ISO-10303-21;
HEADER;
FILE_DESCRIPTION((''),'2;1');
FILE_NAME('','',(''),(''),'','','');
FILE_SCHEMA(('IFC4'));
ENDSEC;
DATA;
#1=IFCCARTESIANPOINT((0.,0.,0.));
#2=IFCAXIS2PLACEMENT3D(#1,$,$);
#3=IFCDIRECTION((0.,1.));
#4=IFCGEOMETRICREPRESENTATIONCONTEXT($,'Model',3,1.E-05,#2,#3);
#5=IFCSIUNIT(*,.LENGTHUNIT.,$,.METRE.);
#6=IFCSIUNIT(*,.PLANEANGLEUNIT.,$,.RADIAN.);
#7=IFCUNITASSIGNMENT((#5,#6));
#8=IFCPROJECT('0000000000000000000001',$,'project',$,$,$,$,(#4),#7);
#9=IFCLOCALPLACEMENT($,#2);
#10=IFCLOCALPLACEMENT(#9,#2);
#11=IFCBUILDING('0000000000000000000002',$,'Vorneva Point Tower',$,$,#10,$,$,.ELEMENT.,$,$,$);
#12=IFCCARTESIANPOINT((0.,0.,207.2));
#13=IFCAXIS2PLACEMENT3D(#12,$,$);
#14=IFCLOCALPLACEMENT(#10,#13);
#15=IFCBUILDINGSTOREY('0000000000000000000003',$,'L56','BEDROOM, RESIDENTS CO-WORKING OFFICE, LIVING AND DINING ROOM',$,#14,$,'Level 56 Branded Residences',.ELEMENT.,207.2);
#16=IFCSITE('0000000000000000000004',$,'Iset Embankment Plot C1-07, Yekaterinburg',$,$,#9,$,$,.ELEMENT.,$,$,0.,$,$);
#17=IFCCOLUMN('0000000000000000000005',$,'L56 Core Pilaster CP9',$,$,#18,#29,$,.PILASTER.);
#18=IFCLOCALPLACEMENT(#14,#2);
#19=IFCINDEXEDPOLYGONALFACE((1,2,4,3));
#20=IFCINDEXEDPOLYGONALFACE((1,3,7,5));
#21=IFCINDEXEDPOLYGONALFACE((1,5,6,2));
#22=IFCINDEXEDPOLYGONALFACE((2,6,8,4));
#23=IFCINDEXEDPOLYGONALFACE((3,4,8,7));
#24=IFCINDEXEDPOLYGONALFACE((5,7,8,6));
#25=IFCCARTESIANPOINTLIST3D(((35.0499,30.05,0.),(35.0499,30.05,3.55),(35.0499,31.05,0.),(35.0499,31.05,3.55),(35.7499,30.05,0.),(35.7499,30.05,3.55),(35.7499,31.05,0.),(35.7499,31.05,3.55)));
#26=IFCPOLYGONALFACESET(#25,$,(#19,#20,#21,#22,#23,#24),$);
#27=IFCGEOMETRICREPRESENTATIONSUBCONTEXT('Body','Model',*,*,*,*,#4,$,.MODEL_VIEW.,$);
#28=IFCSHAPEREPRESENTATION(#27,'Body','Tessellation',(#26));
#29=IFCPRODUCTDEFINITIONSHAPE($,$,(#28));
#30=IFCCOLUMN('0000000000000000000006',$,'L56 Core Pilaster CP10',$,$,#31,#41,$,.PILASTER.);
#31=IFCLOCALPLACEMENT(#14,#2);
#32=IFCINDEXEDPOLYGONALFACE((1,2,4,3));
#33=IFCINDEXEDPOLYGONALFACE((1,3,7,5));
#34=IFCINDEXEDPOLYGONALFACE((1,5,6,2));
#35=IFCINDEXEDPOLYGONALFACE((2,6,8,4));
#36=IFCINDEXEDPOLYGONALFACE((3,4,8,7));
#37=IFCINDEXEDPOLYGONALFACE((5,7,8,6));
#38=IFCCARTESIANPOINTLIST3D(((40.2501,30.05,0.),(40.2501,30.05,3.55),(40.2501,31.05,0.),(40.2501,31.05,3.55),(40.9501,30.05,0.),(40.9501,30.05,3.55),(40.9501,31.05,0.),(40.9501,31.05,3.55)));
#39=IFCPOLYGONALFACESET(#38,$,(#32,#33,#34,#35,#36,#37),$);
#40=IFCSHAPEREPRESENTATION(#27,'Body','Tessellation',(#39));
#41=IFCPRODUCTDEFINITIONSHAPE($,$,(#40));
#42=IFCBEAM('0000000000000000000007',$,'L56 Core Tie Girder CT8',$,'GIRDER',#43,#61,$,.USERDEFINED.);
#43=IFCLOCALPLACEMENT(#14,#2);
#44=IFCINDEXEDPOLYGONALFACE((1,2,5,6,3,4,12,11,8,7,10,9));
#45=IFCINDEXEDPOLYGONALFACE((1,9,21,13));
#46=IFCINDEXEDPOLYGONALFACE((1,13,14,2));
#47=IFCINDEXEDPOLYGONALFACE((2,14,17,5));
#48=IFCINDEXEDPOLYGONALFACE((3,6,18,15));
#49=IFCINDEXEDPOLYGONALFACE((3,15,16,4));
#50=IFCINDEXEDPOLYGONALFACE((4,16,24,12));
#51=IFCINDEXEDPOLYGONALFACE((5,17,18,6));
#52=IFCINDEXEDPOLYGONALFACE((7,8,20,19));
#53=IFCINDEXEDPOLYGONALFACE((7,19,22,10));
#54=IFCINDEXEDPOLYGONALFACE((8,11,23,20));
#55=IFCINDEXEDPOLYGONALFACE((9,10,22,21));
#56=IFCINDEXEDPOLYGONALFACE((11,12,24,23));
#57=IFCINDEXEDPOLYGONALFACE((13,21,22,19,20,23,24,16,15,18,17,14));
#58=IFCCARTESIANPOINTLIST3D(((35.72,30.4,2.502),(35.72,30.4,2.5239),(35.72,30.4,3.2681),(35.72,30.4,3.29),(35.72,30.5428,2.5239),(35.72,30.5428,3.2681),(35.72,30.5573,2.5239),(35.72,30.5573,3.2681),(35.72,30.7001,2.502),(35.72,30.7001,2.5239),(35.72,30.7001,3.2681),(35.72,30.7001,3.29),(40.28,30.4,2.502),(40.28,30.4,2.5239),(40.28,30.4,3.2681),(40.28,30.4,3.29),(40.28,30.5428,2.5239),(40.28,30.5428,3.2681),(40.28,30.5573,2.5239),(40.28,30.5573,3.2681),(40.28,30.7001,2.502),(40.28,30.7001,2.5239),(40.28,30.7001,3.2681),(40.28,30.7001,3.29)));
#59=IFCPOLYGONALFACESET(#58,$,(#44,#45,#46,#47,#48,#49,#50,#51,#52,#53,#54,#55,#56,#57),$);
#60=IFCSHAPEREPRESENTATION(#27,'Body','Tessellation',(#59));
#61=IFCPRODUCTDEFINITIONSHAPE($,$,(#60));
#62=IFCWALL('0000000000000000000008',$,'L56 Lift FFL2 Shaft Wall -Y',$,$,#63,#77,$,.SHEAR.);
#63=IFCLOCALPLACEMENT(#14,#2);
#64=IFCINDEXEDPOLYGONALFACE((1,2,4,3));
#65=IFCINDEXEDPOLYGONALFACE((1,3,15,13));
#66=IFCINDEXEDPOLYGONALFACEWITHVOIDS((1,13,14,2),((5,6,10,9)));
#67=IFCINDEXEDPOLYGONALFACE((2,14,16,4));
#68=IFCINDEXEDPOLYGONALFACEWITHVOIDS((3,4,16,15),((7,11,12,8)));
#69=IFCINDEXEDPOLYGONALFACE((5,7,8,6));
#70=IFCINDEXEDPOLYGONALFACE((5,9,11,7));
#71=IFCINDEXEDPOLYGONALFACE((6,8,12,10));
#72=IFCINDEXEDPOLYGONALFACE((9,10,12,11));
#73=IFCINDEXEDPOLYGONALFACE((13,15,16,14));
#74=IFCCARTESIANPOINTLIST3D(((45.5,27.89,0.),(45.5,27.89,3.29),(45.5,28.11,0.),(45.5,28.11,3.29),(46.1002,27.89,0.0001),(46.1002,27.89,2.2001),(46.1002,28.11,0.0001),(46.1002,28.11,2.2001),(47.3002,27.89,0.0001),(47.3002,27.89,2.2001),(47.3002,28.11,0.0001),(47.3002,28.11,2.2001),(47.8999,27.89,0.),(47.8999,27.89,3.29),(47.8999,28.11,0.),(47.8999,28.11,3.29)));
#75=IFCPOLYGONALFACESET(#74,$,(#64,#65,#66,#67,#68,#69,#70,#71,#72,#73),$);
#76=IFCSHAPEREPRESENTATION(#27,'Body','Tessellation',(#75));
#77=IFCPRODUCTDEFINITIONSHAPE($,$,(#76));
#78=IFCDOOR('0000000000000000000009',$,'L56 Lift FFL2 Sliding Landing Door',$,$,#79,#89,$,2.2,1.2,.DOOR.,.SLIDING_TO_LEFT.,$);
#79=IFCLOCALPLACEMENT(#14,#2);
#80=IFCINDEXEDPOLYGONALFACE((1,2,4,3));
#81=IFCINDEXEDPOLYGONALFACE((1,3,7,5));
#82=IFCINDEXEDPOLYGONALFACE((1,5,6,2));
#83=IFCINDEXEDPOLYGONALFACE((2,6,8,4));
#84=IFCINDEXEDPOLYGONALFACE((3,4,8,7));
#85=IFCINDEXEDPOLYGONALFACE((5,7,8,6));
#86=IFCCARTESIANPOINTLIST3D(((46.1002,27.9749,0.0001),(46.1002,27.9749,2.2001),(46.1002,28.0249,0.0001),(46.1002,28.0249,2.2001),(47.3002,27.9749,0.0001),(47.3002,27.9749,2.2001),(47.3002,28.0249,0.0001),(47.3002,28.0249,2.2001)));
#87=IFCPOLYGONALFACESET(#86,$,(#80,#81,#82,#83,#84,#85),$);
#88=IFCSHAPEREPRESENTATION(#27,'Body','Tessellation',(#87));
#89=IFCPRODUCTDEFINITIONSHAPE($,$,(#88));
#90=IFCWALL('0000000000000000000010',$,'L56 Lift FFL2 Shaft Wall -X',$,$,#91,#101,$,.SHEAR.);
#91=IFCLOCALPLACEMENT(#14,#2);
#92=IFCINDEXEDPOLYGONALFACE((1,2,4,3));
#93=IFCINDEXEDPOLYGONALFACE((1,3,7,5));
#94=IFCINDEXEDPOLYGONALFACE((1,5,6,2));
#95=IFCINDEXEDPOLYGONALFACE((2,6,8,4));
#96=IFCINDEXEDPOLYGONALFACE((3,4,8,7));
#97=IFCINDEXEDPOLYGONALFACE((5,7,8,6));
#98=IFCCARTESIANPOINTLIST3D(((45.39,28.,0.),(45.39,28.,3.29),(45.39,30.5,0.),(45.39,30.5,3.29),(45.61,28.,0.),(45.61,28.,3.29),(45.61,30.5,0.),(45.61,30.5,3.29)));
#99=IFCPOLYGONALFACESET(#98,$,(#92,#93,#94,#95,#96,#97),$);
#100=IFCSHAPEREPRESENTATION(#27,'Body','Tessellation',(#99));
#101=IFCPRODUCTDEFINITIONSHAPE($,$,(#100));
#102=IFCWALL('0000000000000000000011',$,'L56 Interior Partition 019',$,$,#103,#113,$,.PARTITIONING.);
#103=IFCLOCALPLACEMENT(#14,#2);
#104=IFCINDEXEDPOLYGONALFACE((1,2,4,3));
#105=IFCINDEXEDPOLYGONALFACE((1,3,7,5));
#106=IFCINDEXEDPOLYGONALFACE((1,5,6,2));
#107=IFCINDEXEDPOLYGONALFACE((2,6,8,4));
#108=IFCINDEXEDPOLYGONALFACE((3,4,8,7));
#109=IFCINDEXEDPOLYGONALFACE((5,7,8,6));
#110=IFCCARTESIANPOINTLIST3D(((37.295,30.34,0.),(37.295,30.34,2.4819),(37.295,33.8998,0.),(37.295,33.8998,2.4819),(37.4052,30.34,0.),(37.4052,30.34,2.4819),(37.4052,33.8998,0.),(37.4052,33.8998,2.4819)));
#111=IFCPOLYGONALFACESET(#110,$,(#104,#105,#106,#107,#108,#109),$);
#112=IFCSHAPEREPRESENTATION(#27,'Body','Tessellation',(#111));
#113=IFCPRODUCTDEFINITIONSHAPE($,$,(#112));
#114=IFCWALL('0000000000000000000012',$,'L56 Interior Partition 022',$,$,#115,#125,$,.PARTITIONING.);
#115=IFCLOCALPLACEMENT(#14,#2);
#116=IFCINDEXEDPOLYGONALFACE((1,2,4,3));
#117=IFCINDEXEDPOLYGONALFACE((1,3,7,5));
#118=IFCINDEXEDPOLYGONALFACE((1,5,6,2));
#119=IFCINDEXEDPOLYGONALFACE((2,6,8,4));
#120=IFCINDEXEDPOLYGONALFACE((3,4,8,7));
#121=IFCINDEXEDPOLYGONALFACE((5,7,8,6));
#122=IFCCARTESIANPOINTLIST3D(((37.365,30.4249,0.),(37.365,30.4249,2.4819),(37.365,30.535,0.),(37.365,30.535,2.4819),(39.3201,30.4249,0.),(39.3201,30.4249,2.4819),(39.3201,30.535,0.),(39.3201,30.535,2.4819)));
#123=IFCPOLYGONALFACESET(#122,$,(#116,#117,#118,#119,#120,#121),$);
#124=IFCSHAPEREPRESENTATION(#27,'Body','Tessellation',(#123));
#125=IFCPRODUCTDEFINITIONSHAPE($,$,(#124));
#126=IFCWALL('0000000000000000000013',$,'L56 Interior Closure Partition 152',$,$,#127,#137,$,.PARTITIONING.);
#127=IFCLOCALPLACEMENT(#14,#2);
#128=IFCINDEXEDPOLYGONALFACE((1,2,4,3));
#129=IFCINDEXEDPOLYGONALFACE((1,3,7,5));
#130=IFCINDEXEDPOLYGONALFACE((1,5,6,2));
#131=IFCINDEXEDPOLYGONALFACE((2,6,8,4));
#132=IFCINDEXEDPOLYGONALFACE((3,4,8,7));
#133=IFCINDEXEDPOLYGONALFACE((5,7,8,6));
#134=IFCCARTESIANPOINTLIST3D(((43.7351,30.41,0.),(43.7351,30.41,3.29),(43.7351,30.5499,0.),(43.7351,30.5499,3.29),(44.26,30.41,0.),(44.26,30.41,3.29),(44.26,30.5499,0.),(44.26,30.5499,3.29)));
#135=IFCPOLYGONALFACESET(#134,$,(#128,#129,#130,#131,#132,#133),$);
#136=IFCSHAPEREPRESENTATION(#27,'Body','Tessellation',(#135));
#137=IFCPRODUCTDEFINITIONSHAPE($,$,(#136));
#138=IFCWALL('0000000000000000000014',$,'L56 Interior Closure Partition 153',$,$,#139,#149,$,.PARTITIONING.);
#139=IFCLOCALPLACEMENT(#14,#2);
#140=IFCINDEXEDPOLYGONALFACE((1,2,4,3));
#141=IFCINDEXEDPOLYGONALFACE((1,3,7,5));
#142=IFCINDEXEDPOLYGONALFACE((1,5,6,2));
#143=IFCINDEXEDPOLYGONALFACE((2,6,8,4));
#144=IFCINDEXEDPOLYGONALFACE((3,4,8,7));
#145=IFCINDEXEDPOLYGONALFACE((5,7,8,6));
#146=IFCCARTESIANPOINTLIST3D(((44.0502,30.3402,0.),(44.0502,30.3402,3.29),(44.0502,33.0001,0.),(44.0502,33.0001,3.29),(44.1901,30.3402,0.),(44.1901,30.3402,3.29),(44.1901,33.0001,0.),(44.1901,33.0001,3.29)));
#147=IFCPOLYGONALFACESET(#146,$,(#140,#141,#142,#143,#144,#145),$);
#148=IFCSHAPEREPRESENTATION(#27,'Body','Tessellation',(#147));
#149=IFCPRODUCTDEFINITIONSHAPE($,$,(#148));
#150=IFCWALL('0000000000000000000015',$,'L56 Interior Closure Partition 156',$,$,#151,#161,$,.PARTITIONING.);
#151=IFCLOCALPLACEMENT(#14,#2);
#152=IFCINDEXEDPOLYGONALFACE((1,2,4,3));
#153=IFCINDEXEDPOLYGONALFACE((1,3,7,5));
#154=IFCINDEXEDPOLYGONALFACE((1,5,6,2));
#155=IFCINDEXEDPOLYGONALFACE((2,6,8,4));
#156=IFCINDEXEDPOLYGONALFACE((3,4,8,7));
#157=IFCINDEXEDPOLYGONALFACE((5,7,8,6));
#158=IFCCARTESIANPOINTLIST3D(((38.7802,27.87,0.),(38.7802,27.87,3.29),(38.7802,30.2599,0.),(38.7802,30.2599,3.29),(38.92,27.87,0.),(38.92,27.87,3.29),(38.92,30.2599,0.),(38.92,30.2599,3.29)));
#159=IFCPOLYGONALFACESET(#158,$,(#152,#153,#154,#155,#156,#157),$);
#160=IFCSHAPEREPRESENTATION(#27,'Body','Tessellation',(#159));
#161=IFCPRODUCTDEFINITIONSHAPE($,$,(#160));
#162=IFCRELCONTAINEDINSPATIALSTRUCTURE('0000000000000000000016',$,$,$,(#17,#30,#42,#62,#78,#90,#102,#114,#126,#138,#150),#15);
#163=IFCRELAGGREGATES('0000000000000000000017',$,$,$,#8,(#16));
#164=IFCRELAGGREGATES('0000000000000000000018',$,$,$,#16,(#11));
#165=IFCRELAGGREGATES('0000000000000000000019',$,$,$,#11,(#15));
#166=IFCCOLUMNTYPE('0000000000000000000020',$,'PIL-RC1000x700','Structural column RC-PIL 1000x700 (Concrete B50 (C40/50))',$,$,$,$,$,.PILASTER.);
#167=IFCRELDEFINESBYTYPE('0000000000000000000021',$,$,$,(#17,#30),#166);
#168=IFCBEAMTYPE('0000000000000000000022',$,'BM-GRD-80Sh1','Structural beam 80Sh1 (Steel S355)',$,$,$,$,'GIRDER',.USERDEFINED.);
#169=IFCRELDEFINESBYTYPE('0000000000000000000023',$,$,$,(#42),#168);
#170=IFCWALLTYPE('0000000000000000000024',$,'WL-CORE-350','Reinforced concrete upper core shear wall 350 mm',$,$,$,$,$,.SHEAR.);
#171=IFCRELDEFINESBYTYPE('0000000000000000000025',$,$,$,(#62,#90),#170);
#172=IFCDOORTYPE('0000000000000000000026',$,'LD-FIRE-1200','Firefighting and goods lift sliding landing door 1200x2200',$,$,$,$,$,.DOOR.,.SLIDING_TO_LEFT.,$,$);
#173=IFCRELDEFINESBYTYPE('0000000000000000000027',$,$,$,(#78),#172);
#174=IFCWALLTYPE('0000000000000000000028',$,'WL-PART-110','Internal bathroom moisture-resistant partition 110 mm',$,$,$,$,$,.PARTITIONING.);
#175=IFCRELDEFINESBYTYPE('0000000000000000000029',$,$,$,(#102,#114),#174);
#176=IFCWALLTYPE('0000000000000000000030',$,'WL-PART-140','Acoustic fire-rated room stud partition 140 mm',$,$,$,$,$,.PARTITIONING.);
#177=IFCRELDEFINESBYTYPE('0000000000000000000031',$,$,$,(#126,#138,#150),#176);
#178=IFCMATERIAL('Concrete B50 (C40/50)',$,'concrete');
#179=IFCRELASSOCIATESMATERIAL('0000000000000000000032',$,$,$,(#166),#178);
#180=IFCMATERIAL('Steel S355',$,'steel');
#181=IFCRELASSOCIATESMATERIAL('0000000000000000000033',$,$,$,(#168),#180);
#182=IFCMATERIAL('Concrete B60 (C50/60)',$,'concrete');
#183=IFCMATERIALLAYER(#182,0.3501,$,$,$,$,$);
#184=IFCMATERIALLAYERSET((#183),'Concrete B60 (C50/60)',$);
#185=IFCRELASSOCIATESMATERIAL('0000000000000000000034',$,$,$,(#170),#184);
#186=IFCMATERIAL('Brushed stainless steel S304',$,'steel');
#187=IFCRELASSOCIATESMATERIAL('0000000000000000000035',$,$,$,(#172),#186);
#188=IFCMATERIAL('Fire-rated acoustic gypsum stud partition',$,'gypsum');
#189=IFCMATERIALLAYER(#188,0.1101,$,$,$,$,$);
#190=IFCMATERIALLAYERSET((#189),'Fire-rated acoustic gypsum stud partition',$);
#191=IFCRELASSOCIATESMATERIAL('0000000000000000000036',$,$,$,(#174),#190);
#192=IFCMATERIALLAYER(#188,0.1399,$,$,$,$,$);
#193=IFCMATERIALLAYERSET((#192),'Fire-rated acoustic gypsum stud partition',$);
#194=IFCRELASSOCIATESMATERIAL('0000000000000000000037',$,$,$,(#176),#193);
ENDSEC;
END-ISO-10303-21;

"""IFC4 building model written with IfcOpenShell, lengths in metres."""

from ifc_helpers import new_model, si_unit, direction, frame, frame_2d, origin, origin_2d, place, context, subcontext, project, spatial, rectangle, i_section, extrude, material, layer, layer_set, material_profile, profile_set, type_object, element, fill, save


model = new_model("IFC4")

# Units and contexts
model_context = context("Model", 3, precision=1e-05, world=origin(), true_north=direction((0.0, 1.0)))
body_context = subcontext(model_context, "Body", "Model", "MODEL_VIEW")
ifc_project = project(units=[si_unit("LENGTHUNIT", "METRE"), si_unit("PLANEANGLEUNIT", "RADIAN")], contexts=[model_context])

# Site, building, storey
site_placement = place(None, origin())
site = spatial("IfcSite", under=ifc_project, at=site_placement, Name="Iset Embankment Plot C1-07, Yekaterinburg", CompositionType="ELEMENT", RefElevation=0.0)
building_placement = place(site_placement, origin())
building = spatial("IfcBuilding", under=site, at=building_placement, Name="Vorneva Point Tower", CompositionType="ELEMENT")
storey_placement = place(building_placement, frame((0.0, 0.0, 207.2)))
storey = spatial("IfcBuildingStorey", under=building, at=storey_placement, Name="L56", Description="BEDROOM, RESIDENTS CO-WORKING OFFICE, LIVING AND DINING ROOM", LongName="Level 56 Branded Residences", CompositionType="ELEMENT", Elevation=207.2)

# Columns
ifc_material_1 = material(Name="Concrete B50 (C40/50)", Category="concrete")
ifc_material_profile_1 = material_profile(ifc_material_1, rectangle(XDim=0.7, YDim=1.0, at=origin_2d()), Name="RC-PIL 1000x700")
ifc_profile_set_1 = profile_set([ifc_material_profile_1], Name="Concrete B50 (C40/50)")
column_type = type_object("IfcColumnType", Name="PIL-RC1000x700", Description="Structural column RC-PIL 1000x700 (Concrete B50 (C40/50))", PredefinedType="PILASTER", material=ifc_profile_set_1)
for number, where, z_axis, x_axis, name in (
    (1, (35.3999, 30.55, 0.0), (0.0, 0.0, 1.0), (1.0, 0.0, 0.0), "L56 Core Pilaster CP9"),
    (2, (40.6001, 30.55, 0.0), (0.0, 0.0, 1.0), (1.0, 0.0, 0.0), "L56 Core Pilaster CP10"),
):
    element("IfcColumn", number, at=place(storey_placement, frame(where, z_axis=z_axis, x_axis=x_axis)), inside=storey, type_object=column_type, Name=name, PredefinedType="PILASTER", context=body_context, shape_type="SweptSolid", body=[
        extrude(rectangle(XDim=0.7, YDim=1.0, at=origin_2d()), origin(), (0.0, 0.0, 1.0), 3.55),
    ])

# Beam
ifc_material_2 = material(Name="Steel S355", Category="steel")
ifc_material_profile_2 = material_profile(ifc_material_2, i_section(OverallWidth=0.3, OverallDepth=0.7881, WebThickness=0.0144, FlangeThickness=0.022, at=origin_2d()), Name="80Sh1")
ifc_profile_set_2 = profile_set([ifc_material_profile_2], Name="Steel S355")
beam_type = type_object("IfcBeamType", Name="BM-GRD-80Sh1", Description="Structural beam 80Sh1 (Steel S355)", ElementType="GIRDER", PredefinedType="USERDEFINED", material=ifc_profile_set_2)
beam_placement = place(storey_placement, frame((35.72, 30.55, 2.896), z_axis=(1.0, 0.0, 0.0), x_axis=(0.0, 1.0, 0.0)))
element("IfcBeam", 3, at=beam_placement, inside=storey, type_object=beam_type, Name="L56 Core Tie Girder CT8", ObjectType="GIRDER", PredefinedType="USERDEFINED", context=body_context, shape_type="SweptSolid", body=[
    extrude(i_section(OverallWidth=0.3, OverallDepth=0.7881, WebThickness=0.0144, FlangeThickness=0.022, at=origin_2d()), origin(), (0.0, 0.0, 1.0), 4.5601),
])

# Wall, opening, door
ifc_material_3 = material(Name="Concrete B60 (C50/60)", Category="concrete")
ifc_layer_1 = layer(ifc_material_3, 0.3501)
ifc_layer_set_1 = layer_set([ifc_layer_1], Name="Concrete B60 (C50/60)")
wall_type_1 = type_object("IfcWallType", Name="WL-CORE-350", Description="Reinforced concrete upper core shear wall 350 mm", PredefinedType="SHEAR", material=ifc_layer_set_1)
wall_1_placement = place(storey_placement, frame((45.5, 28.0, 0.0), z_axis=(0.0, 0.0, 1.0), x_axis=(1.0, 0.0, 0.0)))
wall_1 = element("IfcWall", 4, at=wall_1_placement, inside=storey, type_object=wall_type_1, Name="L56 Lift FFL2 Shaft Wall -Y", PredefinedType="SHEAR", context=body_context, shape_type="SweptSolid", body=[
    extrude(rectangle(XDim=2.3999, YDim=0.22, at=frame_2d((1.2, 0.0))), origin(), (0.0, 0.0, 1.0), 3.29),
])
opening_1_placement = place(wall_1_placement, frame((0.6001, 0.0, 0.0)))
opening_1 = element("IfcOpeningElement", 5, at=opening_1_placement, cuts=wall_1, PredefinedType="OPENING", context=body_context, shape_type="SweptSolid", body=[
    extrude(rectangle(XDim=1.2, YDim=2.2, at=frame_2d((0.6001, 1.1001))), frame((0.0, 0.125, 0.0), z_axis=(0.0, -1.0, 0.0), x_axis=(1.0, 0.0, 0.0)), (0.0, 0.0, 1.0), 0.2498),
])
ifc_material_4 = material(Name="Brushed stainless steel S304", Category="steel")
door_type_1 = type_object("IfcDoorType", Name="LD-FIRE-1200", Description="Firefighting and goods lift sliding landing door 1200x2200", OperationType="SLIDING_TO_LEFT", PredefinedType="DOOR", material=ifc_material_4)
door_1_placement = place(opening_1_placement, origin())
door_1 = element("IfcDoor", 6, at=door_1_placement, inside=storey, type_object=door_type_1, Name="L56 Lift FFL2 Sliding Landing Door", OperationType="SLIDING_TO_LEFT", OverallHeight=2.2, OverallWidth=1.2, PredefinedType="DOOR", context=body_context, shape_type="SweptSolid", body=[
    extrude(rectangle(XDim=1.2, YDim=2.2, at=frame_2d((0.6001, 1.1001))), frame((0.0, 0.0249, 0.0), z_axis=(0.0, -1.0, 0.0), x_axis=(1.0, 0.0, 0.0)), (0.0, 0.0, 1.0), 0.05),
])
fill(opening_1, door_1)

# Walls
wall_2_placement = place(storey_placement, frame((45.5, 30.5, 0.0), z_axis=(0.0, 0.0, 1.0), x_axis=(0.0, -1.0, 0.0)))
element("IfcWall", 7, at=wall_2_placement, inside=storey, type_object=wall_type_1, Name="L56 Lift FFL2 Shaft Wall -X", PredefinedType="SHEAR", context=body_context, shape_type="SweptSolid", body=[
    extrude(rectangle(XDim=2.5, YDim=0.22, at=frame_2d((1.25, 0.0))), origin(), (0.0, 0.0, 1.0), 3.29),
])
ifc_material_5 = material(Name="Fire-rated acoustic gypsum stud partition", Category="gypsum")
ifc_layer_2 = layer(ifc_material_5, 0.1101)
ifc_layer_set_2 = layer_set([ifc_layer_2], Name="Fire-rated acoustic gypsum stud partition")
wall_type_2 = type_object("IfcWallType", Name="WL-PART-110", Description="Internal bathroom moisture-resistant partition 110 mm", PredefinedType="PARTITIONING", material=ifc_layer_set_2)
wall_3_placement = place(storey_placement, frame((37.3501, 30.3401, 0.0), z_axis=(0.0, 0.0, 1.0), x_axis=(0.0, 1.0, 0.0)))
element("IfcWall", 8, at=wall_3_placement, inside=storey, type_object=wall_type_2, Name="L56 Interior Partition 019", PredefinedType="PARTITIONING", context=body_context, shape_type="SweptSolid", body=[
    extrude(rectangle(XDim=3.5598, YDim=0.1101, at=frame_2d((1.7798, 0.0))), origin(), (0.0, 0.0, 1.0), 2.4819),
])
wall_4_placement = place(storey_placement, frame((37.365, 30.48, 0.0), z_axis=(0.0, 0.0, 1.0), x_axis=(1.0, 0.0, 0.0)))
element("IfcWall", 9, at=wall_4_placement, inside=storey, type_object=wall_type_2, Name="L56 Interior Partition 022", PredefinedType="PARTITIONING", context=body_context, shape_type="SweptSolid", body=[
    extrude(rectangle(XDim=1.9551, YDim=0.1101, at=frame_2d((0.9775, 0.0))), origin(), (0.0, 0.0, 1.0), 2.4819),
])
ifc_layer_3 = layer(ifc_material_5, 0.1399)
ifc_layer_set_3 = layer_set([ifc_layer_3], Name="Fire-rated acoustic gypsum stud partition")
wall_type_3 = type_object("IfcWallType", Name="WL-PART-140", Description="Acoustic fire-rated room stud partition 140 mm", PredefinedType="PARTITIONING", material=ifc_layer_set_3)
wall_5_placement = place(storey_placement, frame((43.7351, 30.48, 0.0), z_axis=(0.0, 0.0, 1.0), x_axis=(1.0, 0.0, 0.0)))
element("IfcWall", 10, at=wall_5_placement, inside=storey, type_object=wall_type_3, Name="L56 Interior Closure Partition 152", PredefinedType="PARTITIONING", context=body_context, shape_type="SweptSolid", body=[
    extrude(rectangle(XDim=0.5249, YDim=0.1399, at=frame_2d((0.2625, 0.0))), origin(), (0.0, 0.0, 1.0), 3.29),
])
wall_6_placement = place(storey_placement, frame((44.1201, 30.3401, 0.0), z_axis=(0.0, 0.0, 1.0), x_axis=(0.0, 1.0, 0.0)))
element("IfcWall", 11, at=wall_6_placement, inside=storey, type_object=wall_type_3, Name="L56 Interior Closure Partition 153", PredefinedType="PARTITIONING", context=body_context, shape_type="SweptSolid", body=[
    extrude(rectangle(XDim=2.6599, YDim=0.1399, at=frame_2d((1.3301, 0.0))), origin(), (0.0, 0.0, 1.0), 3.29),
])
wall_7_placement = place(storey_placement, frame((38.8501, 27.8701, 0.0), z_axis=(0.0, 0.0, 1.0), x_axis=(0.0, 1.0, 0.0)))
element("IfcWall", 12, at=wall_7_placement, inside=storey, type_object=wall_type_3, Name="L56 Interior Closure Partition 156", PredefinedType="PARTITIONING", context=body_context, shape_type="SweptSolid", body=[
    extrude(rectangle(XDim=2.3899, YDim=0.1399, at=frame_2d((1.1948, 0.0))), origin(), (0.0, 0.0, 1.0), 3.29),
])

save(model, "model.ifc")
